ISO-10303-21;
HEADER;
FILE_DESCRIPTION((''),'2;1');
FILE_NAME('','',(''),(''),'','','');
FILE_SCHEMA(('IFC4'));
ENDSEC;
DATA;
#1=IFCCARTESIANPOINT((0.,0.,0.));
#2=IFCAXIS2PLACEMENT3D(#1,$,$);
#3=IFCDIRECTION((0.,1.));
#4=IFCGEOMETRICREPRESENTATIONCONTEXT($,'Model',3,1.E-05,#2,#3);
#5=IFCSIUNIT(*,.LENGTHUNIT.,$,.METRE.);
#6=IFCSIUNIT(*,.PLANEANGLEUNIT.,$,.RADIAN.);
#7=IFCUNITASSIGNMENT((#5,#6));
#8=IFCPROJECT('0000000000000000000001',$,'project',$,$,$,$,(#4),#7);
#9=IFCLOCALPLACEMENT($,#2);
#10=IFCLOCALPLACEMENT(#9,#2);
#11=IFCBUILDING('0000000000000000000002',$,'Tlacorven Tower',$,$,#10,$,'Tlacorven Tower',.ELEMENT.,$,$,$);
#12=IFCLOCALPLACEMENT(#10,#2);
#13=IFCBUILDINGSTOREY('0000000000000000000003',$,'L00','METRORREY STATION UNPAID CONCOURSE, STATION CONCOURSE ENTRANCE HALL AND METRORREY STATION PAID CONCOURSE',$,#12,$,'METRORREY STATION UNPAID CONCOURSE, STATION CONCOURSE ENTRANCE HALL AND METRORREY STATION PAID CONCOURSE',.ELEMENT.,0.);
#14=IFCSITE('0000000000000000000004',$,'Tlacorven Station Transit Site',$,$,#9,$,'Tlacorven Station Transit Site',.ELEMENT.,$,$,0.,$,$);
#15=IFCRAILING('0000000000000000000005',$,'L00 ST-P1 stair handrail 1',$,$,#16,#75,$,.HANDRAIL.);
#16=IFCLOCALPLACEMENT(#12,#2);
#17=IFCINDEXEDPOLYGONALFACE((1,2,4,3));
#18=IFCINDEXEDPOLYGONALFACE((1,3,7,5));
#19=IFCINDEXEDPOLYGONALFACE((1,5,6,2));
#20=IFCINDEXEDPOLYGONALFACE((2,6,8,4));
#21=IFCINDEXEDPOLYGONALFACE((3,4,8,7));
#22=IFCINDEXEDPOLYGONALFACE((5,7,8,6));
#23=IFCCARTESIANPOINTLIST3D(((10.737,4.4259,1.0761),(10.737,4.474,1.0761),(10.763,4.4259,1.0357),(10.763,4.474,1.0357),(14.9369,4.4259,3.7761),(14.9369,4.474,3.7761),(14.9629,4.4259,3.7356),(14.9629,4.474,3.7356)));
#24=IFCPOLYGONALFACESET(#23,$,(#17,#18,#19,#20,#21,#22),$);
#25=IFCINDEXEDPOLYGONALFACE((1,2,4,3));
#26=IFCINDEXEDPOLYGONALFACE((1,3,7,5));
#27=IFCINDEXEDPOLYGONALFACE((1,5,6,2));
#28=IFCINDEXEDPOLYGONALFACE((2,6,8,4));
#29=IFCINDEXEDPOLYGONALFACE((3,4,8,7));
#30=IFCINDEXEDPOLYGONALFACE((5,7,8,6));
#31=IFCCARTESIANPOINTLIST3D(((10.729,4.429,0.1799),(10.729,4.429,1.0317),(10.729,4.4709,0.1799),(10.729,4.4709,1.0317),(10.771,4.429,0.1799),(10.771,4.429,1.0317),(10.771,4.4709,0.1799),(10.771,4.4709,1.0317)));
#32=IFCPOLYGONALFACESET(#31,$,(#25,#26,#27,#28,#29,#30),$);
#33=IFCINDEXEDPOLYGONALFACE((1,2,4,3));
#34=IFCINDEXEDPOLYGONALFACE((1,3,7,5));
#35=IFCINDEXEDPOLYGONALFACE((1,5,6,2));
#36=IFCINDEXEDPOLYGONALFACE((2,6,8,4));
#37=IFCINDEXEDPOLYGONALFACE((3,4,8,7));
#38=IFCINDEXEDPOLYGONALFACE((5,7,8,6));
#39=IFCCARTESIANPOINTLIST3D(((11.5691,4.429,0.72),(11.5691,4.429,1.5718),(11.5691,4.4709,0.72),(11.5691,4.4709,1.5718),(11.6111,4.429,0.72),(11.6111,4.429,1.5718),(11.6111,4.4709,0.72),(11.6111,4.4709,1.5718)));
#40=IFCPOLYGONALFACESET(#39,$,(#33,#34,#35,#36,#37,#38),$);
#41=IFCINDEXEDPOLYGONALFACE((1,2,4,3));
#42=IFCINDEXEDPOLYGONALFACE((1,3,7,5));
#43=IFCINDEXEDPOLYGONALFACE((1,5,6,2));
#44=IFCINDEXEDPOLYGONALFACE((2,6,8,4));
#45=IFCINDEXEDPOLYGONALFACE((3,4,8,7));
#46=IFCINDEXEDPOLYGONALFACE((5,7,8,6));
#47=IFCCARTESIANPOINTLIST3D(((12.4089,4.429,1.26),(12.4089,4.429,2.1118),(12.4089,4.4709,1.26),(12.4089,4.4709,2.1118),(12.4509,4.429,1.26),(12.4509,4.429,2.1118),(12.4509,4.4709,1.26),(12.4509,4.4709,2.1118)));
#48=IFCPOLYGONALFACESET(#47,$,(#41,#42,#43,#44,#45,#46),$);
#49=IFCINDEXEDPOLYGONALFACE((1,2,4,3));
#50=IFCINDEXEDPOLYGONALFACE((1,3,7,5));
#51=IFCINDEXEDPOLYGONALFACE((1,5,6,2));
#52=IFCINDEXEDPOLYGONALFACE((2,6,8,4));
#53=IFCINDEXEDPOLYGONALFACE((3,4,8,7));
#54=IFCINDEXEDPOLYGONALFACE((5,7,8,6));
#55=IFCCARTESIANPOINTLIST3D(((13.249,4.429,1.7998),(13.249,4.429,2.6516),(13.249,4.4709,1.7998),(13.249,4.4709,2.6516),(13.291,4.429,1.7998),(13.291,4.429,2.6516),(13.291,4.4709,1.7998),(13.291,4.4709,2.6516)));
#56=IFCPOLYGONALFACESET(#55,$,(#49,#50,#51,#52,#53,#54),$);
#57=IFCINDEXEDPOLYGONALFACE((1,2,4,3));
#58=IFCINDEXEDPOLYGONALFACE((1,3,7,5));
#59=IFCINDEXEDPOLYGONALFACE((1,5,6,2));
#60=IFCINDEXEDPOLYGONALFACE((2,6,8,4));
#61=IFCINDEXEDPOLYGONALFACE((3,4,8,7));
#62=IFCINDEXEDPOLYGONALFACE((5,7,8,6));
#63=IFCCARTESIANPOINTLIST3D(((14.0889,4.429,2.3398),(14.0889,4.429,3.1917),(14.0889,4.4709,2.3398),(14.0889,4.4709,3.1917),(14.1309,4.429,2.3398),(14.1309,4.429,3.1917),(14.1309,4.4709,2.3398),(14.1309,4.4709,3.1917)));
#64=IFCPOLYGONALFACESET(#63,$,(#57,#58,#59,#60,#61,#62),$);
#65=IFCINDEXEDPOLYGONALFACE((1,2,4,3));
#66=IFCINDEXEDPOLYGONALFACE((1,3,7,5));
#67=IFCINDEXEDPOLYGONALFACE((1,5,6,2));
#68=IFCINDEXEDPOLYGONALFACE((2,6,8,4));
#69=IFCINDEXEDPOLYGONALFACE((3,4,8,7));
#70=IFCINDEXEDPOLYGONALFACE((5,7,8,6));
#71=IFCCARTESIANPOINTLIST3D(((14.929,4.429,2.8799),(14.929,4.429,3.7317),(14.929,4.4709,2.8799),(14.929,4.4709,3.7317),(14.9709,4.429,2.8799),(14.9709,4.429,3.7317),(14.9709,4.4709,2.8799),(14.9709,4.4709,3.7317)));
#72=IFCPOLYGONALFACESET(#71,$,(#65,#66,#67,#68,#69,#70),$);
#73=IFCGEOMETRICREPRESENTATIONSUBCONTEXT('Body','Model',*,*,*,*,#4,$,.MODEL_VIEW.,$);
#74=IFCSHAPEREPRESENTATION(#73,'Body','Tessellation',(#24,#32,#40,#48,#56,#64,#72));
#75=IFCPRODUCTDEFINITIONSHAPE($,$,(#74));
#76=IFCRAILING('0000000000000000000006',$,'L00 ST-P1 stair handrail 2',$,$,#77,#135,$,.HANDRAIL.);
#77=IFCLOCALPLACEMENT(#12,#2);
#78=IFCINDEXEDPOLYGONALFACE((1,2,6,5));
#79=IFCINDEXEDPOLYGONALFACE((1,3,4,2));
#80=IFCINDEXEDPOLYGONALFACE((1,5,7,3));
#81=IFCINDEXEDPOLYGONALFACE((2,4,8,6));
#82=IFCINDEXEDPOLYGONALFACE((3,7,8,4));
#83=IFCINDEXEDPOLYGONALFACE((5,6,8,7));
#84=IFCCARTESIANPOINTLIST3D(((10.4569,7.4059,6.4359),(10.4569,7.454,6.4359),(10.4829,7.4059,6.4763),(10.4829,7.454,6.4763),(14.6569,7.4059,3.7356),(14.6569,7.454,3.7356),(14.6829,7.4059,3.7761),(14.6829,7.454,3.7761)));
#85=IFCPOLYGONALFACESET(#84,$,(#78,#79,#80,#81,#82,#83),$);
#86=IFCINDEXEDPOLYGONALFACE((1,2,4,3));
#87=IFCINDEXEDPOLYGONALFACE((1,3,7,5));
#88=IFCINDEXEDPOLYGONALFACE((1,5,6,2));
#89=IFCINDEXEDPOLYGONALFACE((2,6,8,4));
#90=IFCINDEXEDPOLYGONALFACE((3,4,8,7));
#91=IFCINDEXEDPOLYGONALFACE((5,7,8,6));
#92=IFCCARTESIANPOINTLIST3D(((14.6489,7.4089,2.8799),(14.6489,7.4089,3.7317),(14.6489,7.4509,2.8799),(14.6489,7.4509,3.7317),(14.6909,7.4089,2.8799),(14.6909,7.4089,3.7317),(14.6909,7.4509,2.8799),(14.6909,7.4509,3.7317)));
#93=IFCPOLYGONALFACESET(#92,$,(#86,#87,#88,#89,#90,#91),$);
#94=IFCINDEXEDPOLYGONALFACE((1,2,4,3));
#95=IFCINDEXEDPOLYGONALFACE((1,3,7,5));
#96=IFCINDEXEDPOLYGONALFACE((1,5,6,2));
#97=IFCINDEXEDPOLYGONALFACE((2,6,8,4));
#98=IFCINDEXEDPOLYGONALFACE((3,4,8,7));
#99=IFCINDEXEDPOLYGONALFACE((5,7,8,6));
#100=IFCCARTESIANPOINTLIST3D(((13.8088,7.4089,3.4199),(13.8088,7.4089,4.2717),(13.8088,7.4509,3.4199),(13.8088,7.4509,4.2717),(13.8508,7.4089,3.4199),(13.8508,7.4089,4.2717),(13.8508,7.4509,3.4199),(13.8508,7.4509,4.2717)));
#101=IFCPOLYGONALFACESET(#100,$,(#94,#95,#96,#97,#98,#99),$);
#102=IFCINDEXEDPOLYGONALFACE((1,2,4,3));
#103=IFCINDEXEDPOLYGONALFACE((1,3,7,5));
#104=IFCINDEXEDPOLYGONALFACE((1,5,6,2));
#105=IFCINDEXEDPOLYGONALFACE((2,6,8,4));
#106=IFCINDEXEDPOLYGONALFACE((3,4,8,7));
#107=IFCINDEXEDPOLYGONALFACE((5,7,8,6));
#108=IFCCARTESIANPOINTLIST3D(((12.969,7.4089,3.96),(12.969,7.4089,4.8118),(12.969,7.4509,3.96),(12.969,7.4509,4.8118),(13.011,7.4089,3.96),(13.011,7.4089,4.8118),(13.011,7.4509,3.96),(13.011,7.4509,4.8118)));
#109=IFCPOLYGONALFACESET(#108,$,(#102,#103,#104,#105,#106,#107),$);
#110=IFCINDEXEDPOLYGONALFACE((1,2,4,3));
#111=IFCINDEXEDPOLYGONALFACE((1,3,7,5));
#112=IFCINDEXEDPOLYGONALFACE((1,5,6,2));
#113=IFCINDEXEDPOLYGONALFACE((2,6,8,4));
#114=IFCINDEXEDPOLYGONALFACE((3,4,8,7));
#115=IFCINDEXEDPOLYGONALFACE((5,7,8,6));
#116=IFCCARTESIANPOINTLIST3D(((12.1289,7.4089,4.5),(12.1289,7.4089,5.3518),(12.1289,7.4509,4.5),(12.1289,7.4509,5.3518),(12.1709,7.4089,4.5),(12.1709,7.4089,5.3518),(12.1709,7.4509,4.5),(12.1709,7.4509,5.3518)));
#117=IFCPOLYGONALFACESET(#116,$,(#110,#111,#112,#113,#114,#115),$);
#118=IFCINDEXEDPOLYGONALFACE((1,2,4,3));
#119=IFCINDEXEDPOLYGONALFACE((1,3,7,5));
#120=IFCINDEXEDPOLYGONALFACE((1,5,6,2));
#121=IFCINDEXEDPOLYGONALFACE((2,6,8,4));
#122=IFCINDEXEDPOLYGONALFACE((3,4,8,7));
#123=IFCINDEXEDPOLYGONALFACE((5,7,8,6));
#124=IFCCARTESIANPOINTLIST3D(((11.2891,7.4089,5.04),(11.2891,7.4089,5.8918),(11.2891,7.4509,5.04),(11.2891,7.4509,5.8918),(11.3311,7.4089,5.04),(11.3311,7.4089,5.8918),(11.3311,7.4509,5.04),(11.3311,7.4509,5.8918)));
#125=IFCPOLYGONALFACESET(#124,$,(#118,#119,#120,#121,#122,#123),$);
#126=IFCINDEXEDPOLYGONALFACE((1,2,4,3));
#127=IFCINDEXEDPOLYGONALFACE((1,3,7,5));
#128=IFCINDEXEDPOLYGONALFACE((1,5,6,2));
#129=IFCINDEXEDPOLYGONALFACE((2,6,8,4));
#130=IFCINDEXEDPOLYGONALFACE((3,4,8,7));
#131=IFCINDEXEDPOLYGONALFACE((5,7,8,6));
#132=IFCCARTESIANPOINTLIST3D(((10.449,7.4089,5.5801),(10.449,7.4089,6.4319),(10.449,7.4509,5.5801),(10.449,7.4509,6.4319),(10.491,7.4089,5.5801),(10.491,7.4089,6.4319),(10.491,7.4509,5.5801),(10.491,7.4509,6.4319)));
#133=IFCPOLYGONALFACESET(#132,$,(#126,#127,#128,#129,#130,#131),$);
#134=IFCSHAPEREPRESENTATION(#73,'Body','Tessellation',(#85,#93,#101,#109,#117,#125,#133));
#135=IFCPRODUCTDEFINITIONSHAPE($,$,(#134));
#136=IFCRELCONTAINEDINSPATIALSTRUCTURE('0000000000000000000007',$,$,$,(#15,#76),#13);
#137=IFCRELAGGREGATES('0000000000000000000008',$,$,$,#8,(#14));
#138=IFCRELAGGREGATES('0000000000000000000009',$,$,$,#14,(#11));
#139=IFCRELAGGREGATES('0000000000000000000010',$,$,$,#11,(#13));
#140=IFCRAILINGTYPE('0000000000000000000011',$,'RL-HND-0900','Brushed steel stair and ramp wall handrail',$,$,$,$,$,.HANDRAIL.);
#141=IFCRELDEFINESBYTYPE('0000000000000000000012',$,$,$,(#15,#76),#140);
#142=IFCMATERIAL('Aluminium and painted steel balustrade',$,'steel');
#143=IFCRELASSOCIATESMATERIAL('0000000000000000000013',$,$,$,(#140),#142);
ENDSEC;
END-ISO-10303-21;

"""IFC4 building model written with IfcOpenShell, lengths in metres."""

from ifc_helpers import new_model, si_unit, direction, frame, origin, origin_2d, place, context, subcontext, project, spatial, rectangle, extrude, source, transform, mapped, material, type_object, element, save


model = new_model("IFC4")

# Units and contexts
model_context = context("Model", 3, precision=1e-05, world=origin(), true_north=direction((0.0, 1.0)))
body_context = subcontext(model_context, "Body", "Model", "MODEL_VIEW")
ifc_project = project(units=[si_unit("LENGTHUNIT", "METRE"), si_unit("PLANEANGLEUNIT", "RADIAN")], contexts=[model_context])

# Site, building, storey
site_placement = place(None, origin())
site = spatial("IfcSite", under=ifc_project, at=site_placement, Name="Tlacorven Station Transit Site", LongName="Tlacorven Station Transit Site", CompositionType="ELEMENT", RefElevation=0.0)
building_placement = place(site_placement, origin())
building = spatial("IfcBuilding", under=site, at=building_placement, Name="Tlacorven Tower", LongName="Tlacorven Tower", CompositionType="ELEMENT")
storey_placement = place(building_placement, origin())
storey = spatial("IfcBuildingStorey", under=building, at=storey_placement, Name="L00", Description="METRORREY STATION UNPAID CONCOURSE, STATION CONCOURSE ENTRANCE HALL AND METRORREY STATION PAID CONCOURSE", LongName="METRORREY STATION UNPAID CONCOURSE, STATION CONCOURSE ENTRANCE HALL AND METRORREY STATION PAID CONCOURSE", CompositionType="ELEMENT", Elevation=0.0)

# Railings
ifc_material_1 = material(Name="Aluminium and painted steel balustrade", Category="steel")
railing_type_1 = type_object("IfcRailingType", Name="RL-HND-0900", Description="Brushed steel stair and ramp wall handrail", PredefinedType="HANDRAIL", material=ifc_material_1)
shared_shape_1 = source(origin(), body_context, "Body", "SweptSolid", [
    extrude(rectangle(XDim=0.0481, YDim=0.0481, at=origin_2d()), frame((0.0, 0.0, 0.876), z_axis=(0.84118, 0.0, 0.540755), x_axis=(0.0, 1.0, 0.0)), (0.0, 0.0, 1.0), 4.9929),
    extrude(rectangle(XDim=0.042, YDim=0.042, at=origin_2d()), origin(), (0.0, 0.0, 1.0), 0.8518),
    extrude(rectangle(XDim=0.042, YDim=0.042, at=origin_2d()), frame((0.8401, 0.0, 0.54)), (0.0, 0.0, 1.0), 0.8518),
    extrude(rectangle(XDim=0.042, YDim=0.042, at=origin_2d()), frame((1.6799, 0.0, 1.0801)), (0.0, 0.0, 1.0), 0.8518),
    extrude(rectangle(XDim=0.042, YDim=0.042, at=origin_2d()), frame((2.52, 0.0, 1.6199)), (0.0, 0.0, 1.0), 0.8518),
    extrude(rectangle(XDim=0.042, YDim=0.042, at=origin_2d()), frame((3.3599, 0.0, 2.1599)), (0.0, 0.0, 1.0), 0.8518),
    extrude(rectangle(XDim=0.042, YDim=0.042, at=origin_2d()), frame((4.2, 0.0, 2.7)), (0.0, 0.0, 1.0), 0.8518),
])
railing_1_placement = place(storey_placement, frame((10.75, 4.45, 0.1799)))
element("IfcRailing", 1, at=railing_1_placement, inside=storey, type_object=railing_type_1, Name="L00 ST-P1 stair handrail 1", PredefinedType="HANDRAIL", context=body_context, shape_type="MappedRepresentation", body=[
    mapped(shared_shape_1, transform((0.0, 0.0, 0.0), scale=1.0)),
])
shared_shape_2 = source(origin(), body_context, "Body", "SweptSolid", [
    extrude(rectangle(XDim=0.0481, YDim=0.0481, at=origin_2d()), frame((0.0, 0.0, 0.876), z_axis=(-0.841158, 0.0, 0.54079), x_axis=(0.0, -1.0, 0.0)), (0.0, 0.0, 1.0), 4.9932),
    extrude(rectangle(XDim=0.042, YDim=0.042, at=origin_2d()), origin(), (0.0, 0.0, 1.0), 0.8518),
    extrude(rectangle(XDim=0.042, YDim=0.042, at=origin_2d()), frame((-0.8401, 0.0, 0.54)), (0.0, 0.0, 1.0), 0.8518),
    extrude(rectangle(XDim=0.042, YDim=0.042, at=origin_2d()), frame((-1.6799, 0.0, 1.0801)), (0.0, 0.0, 1.0), 0.8518),
    extrude(rectangle(XDim=0.042, YDim=0.042, at=origin_2d()), frame((-2.52, 0.0, 1.6201)), (0.0, 0.0, 1.0), 0.8518),
    extrude(rectangle(XDim=0.042, YDim=0.042, at=origin_2d()), frame((-3.3599, 0.0, 2.1602)), (0.0, 0.0, 1.0), 0.8518),
    extrude(rectangle(XDim=0.042, YDim=0.042, at=origin_2d()), frame((-4.2, 0.0, 2.7002)), (0.0, 0.0, 1.0), 0.8518),
])
railing_2_placement = place(storey_placement, frame((14.6699, 7.4299, 2.8799)))
element("IfcRailing", 2, at=railing_2_placement, inside=storey, type_object=railing_type_1, Name="L00 ST-P1 stair handrail 2", PredefinedType="HANDRAIL", context=body_context, shape_type="MappedRepresentation", body=[
    mapped(shared_shape_2, transform((0.0, 0.0, 0.0), scale=1.0)),
])

save(model, "model.ifc")
